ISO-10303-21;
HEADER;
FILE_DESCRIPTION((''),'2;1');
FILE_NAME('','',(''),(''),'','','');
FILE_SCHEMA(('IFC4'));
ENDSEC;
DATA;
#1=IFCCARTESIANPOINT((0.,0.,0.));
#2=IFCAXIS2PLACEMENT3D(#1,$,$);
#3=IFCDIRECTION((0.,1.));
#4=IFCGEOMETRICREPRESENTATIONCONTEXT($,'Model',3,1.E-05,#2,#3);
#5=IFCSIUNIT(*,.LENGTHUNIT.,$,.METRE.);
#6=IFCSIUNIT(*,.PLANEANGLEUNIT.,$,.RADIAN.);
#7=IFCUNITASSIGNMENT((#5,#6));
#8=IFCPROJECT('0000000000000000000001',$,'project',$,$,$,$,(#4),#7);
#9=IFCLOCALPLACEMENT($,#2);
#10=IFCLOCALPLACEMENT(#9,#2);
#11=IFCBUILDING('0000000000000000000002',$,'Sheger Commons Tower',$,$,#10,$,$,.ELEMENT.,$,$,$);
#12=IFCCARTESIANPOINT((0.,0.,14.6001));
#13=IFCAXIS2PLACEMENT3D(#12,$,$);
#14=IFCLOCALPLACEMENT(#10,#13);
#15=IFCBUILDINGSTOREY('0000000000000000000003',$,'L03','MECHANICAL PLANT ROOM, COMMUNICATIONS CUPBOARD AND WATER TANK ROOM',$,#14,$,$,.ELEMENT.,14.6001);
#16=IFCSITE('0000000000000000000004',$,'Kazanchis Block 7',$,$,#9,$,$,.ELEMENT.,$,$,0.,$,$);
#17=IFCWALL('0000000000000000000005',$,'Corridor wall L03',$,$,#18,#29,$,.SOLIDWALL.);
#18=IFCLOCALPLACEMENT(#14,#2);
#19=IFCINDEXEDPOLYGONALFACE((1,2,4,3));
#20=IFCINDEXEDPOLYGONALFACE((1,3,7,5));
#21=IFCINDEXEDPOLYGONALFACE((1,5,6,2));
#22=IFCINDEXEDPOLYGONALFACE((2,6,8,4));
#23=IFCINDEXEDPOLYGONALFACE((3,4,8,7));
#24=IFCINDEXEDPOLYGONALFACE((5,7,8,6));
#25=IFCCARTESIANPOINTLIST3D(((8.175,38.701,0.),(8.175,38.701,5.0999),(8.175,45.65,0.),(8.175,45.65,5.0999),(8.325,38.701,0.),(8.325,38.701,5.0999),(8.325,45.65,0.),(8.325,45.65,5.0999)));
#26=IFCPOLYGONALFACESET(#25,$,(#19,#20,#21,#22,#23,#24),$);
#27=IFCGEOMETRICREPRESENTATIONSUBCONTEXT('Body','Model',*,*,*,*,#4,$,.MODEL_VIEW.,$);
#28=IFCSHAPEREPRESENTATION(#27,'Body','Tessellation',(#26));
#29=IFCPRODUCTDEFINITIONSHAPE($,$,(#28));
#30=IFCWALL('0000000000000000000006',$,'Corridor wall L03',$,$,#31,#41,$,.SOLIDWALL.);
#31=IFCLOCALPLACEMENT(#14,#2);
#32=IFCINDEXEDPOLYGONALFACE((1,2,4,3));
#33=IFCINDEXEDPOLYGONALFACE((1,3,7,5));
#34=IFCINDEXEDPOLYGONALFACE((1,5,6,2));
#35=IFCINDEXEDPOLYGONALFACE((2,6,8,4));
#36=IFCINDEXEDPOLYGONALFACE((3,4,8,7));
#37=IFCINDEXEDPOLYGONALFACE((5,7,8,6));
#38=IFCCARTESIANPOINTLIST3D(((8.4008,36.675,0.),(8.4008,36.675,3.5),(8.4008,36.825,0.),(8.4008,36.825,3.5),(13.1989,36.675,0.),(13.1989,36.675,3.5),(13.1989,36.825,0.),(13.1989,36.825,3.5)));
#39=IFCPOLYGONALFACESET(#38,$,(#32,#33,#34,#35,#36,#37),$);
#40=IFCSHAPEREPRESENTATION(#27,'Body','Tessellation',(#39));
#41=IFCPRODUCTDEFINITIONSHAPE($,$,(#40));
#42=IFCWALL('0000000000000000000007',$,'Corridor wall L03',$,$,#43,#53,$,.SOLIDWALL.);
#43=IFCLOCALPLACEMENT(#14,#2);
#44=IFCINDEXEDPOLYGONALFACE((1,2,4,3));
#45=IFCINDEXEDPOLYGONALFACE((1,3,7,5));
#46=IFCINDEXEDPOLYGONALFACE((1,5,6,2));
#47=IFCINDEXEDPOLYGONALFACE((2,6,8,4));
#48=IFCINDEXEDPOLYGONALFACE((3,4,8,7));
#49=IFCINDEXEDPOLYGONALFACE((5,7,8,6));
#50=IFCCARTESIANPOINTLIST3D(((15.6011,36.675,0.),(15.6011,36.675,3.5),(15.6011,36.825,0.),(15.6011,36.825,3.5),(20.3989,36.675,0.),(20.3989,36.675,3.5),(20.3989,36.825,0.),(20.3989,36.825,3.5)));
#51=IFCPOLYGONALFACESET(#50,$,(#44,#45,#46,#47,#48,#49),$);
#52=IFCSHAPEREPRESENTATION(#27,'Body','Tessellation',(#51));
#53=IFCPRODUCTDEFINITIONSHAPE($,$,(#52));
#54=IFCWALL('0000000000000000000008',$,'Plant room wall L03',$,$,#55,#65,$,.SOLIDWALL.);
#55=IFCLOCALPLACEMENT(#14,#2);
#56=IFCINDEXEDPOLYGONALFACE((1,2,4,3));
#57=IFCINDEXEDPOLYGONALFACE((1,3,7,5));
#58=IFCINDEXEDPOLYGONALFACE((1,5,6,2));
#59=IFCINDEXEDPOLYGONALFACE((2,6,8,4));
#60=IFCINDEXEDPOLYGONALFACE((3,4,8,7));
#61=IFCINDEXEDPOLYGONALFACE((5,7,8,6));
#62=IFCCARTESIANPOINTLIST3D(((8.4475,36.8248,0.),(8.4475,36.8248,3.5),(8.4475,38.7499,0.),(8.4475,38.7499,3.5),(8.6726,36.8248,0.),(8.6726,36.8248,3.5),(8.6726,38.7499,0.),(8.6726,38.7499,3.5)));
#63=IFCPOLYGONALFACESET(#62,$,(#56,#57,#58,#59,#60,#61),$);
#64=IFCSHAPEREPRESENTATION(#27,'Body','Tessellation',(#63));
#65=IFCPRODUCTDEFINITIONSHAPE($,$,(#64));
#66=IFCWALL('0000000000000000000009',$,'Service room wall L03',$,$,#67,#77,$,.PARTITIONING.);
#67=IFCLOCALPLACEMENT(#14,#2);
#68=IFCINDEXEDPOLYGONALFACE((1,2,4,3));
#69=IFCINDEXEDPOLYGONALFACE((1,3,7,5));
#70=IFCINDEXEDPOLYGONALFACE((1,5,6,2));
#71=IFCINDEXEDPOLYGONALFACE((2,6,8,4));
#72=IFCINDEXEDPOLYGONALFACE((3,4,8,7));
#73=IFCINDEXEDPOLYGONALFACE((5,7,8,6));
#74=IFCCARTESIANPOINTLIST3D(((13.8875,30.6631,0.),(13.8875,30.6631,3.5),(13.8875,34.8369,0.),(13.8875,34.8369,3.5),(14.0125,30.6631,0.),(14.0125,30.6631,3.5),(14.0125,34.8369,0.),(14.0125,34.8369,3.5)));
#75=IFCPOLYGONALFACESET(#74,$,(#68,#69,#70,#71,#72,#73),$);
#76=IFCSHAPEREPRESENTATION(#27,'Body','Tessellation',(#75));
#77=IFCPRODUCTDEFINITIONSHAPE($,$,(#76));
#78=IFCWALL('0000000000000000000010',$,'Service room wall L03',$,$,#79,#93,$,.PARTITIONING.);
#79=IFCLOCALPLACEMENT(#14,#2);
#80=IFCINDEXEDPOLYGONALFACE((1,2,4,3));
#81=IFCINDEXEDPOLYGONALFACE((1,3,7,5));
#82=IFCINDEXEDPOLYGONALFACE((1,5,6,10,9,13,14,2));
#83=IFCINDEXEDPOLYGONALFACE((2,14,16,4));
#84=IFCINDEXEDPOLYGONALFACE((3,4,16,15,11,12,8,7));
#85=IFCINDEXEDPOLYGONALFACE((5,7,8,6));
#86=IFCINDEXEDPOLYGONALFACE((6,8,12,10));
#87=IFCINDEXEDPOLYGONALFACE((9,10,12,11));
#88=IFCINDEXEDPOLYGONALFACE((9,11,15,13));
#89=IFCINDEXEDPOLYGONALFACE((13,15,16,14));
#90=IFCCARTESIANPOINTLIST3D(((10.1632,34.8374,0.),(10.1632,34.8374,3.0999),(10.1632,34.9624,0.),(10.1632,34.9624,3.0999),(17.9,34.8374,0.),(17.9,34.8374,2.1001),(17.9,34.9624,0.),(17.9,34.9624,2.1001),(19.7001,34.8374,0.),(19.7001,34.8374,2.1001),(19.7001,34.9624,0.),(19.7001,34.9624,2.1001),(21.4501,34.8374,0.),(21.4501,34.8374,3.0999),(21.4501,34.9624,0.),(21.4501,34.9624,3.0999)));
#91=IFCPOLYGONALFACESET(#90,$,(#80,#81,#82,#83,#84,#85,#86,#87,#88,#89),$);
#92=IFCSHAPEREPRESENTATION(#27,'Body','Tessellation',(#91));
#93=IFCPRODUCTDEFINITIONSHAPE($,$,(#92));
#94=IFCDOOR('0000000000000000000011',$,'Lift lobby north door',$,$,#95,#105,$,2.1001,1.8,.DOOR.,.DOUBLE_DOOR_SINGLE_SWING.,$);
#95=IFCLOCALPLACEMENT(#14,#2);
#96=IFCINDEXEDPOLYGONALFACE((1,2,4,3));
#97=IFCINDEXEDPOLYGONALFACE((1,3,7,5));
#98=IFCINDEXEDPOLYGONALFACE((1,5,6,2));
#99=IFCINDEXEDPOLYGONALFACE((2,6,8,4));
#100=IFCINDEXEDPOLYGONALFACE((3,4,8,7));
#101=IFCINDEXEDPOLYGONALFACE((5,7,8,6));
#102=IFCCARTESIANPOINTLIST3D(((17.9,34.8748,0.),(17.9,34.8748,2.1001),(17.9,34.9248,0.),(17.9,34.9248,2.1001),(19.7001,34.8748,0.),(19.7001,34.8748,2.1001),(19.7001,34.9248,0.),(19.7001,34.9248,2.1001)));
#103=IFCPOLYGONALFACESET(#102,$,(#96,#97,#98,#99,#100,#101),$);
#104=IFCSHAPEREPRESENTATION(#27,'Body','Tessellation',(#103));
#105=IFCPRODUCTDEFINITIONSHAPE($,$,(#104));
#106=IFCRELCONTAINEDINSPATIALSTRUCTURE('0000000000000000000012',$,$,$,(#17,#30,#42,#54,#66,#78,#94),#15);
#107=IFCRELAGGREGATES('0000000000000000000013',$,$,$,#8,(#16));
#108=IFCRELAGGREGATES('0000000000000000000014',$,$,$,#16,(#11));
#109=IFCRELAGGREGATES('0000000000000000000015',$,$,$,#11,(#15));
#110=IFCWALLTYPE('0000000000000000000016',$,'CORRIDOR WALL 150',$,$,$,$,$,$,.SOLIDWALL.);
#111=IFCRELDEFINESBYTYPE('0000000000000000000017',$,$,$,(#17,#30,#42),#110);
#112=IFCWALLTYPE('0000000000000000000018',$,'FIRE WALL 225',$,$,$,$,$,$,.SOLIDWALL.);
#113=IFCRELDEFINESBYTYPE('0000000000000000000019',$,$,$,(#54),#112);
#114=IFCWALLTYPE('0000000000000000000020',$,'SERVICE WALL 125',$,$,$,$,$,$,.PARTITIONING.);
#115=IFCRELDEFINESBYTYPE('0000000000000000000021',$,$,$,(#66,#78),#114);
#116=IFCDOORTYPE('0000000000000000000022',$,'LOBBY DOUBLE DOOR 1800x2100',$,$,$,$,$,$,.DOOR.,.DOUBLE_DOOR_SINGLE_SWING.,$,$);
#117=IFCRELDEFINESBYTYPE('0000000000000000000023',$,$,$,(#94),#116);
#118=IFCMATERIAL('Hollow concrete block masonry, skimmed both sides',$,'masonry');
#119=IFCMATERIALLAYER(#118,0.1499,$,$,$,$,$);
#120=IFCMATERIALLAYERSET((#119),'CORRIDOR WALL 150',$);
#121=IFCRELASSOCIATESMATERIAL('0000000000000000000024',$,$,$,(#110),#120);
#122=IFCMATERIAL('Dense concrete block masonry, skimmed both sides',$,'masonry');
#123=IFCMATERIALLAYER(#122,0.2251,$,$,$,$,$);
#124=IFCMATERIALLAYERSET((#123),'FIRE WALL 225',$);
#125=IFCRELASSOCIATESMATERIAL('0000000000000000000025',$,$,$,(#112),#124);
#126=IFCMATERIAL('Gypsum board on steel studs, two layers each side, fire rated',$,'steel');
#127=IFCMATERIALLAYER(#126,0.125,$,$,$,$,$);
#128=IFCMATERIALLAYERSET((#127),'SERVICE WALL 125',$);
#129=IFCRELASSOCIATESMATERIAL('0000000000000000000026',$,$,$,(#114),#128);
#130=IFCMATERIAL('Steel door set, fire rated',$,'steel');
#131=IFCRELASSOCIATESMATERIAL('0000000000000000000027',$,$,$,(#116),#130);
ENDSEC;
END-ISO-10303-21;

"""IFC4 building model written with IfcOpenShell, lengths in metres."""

from ifc_helpers import new_model, si_unit, direction, frame, frame_2d, origin, place, context, subcontext, project, spatial, rectangle, extrude, material, layer, layer_set, type_object, element, fill, save


model = new_model("IFC4")

# Units and contexts
model_context = context("Model", 3, precision=1e-05, world=origin(), true_north=direction((0.0, 1.0)))
body_context = subcontext(model_context, "Body", "Model", "MODEL_VIEW")
ifc_project = project(units=[si_unit("LENGTHUNIT", "METRE"), si_unit("PLANEANGLEUNIT", "RADIAN")], contexts=[model_context])

# Site, building, storey
site_placement = place(None, origin())
site = spatial("IfcSite", under=ifc_project, at=site_placement, Name="Kazanchis Block 7", CompositionType="ELEMENT", RefElevation=0.0)
building_placement = place(site_placement, origin())
building = spatial("IfcBuilding", under=site, at=building_placement, Name="Sheger Commons Tower", CompositionType="ELEMENT")
storey_placement = place(building_placement, frame((0.0, 0.0, 14.6001)))
storey = spatial("IfcBuildingStorey", under=building, at=storey_placement, Name="L03", Description="MECHANICAL PLANT ROOM, COMMUNICATIONS CUPBOARD AND WATER TANK ROOM", CompositionType="ELEMENT", Elevation=14.6001)

# Walls
ifc_material_1 = material(Name="Hollow concrete block masonry, skimmed both sides", Category="masonry")
ifc_layer_1 = layer(ifc_material_1, 0.1499)
ifc_layer_set_1 = layer_set([ifc_layer_1], Name="CORRIDOR WALL 150")
wall_type_1 = type_object("IfcWallType", Name="CORRIDOR WALL 150", PredefinedType="SOLIDWALL", material=ifc_layer_set_1)
wall_1_placement = place(storey_placement, frame((8.25, 38.7009, 0.0), z_axis=(0.0, 0.0, 1.0), x_axis=(0.0, 1.0, 0.0)))
element("IfcWall", 1, at=wall_1_placement, inside=storey, type_object=wall_type_1, Name="Corridor wall L03", PredefinedType="SOLIDWALL", context=body_context, shape_type="SweptSolid", body=[
    extrude(rectangle(XDim=6.949, YDim=0.1499, at=frame_2d((3.4746, 0.0))), origin(), (0.0, 0.0, 1.0), 5.0999),
])
wall_2_placement = place(storey_placement, frame((8.4009, 36.75, 0.0), z_axis=(0.0, 0.0, 1.0), x_axis=(1.0, 0.0, 0.0)))
element("IfcWall", 2, at=wall_2_placement, inside=storey, type_object=wall_type_1, Name="Corridor wall L03", PredefinedType="SOLIDWALL", context=body_context, shape_type="SweptSolid", body=[
    extrude(rectangle(XDim=4.7981, YDim=0.1499, at=frame_2d((2.3989, 0.0))), origin(), (0.0, 0.0, 1.0), 3.5),
])
wall_3_placement = place(storey_placement, frame((15.6011, 36.75, 0.0), z_axis=(0.0, 0.0, 1.0), x_axis=(1.0, 0.0, 0.0)))
element("IfcWall", 3, at=wall_3_placement, inside=storey, type_object=wall_type_1, Name="Corridor wall L03", PredefinedType="SOLIDWALL", context=body_context, shape_type="SweptSolid", body=[
    extrude(rectangle(XDim=4.7979, YDim=0.1499, at=frame_2d((2.3989, 0.0))), origin(), (0.0, 0.0, 1.0), 3.5),
])
ifc_material_2 = material(Name="Dense concrete block masonry, skimmed both sides", Category="masonry")
ifc_layer_2 = layer(ifc_material_2, 0.2251)
ifc_layer_set_2 = layer_set([ifc_layer_2], Name="FIRE WALL 225")
wall_type_2 = type_object("IfcWallType", Name="FIRE WALL 225", PredefinedType="SOLIDWALL", material=ifc_layer_set_2)
wall_4_placement = place(storey_placement, frame((8.5601, 36.825, 0.0), z_axis=(0.0, 0.0, 1.0), x_axis=(0.0, 1.0, 0.0)))
element("IfcWall", 4, at=wall_4_placement, inside=storey, type_object=wall_type_2, Name="Plant room wall L03", PredefinedType="SOLIDWALL", context=body_context, shape_type="SweptSolid", body=[
    extrude(rectangle(XDim=1.925, YDim=0.2251, at=frame_2d((0.9624, 0.0))), origin(), (0.0, 0.0, 1.0), 3.5),
])
ifc_material_3 = material(Name="Gypsum board on steel studs, two layers each side, fire rated", Category="steel")
ifc_layer_3 = layer(ifc_material_3, 0.125)
ifc_layer_set_3 = layer_set([ifc_layer_3], Name="SERVICE WALL 125")
wall_type_3 = type_object("IfcWallType", Name="SERVICE WALL 125", PredefinedType="PARTITIONING", material=ifc_layer_set_3)
wall_5_placement = place(storey_placement, frame((13.95, 30.6631, 0.0), z_axis=(0.0, 0.0, 1.0), x_axis=(0.0, 1.0, 0.0)))
element("IfcWall", 5, at=wall_5_placement, inside=storey, type_object=wall_type_3, Name="Service room wall L03", PredefinedType="PARTITIONING", context=body_context, shape_type="SweptSolid", body=[
    extrude(rectangle(XDim=4.1738, YDim=0.125, at=frame_2d((2.0869, 0.0))), origin(), (0.0, 0.0, 1.0), 3.5),
])

# Wall, opening, door
wall_6_placement = place(storey_placement, frame((10.1631, 34.8999, 0.0), z_axis=(0.0, 0.0, 1.0), x_axis=(1.0, 0.0, 0.0)))
wall_6 = element("IfcWall", 6, at=wall_6_placement, inside=storey, type_object=wall_type_3, Name="Service room wall L03", PredefinedType="PARTITIONING", context=body_context, shape_type="SweptSolid", body=[
    extrude(rectangle(XDim=11.2869, YDim=0.125, at=frame_2d((5.6436, 0.0))), origin(), (0.0, 0.0, 1.0), 3.0999),
])
opening_placement = place(wall_6_placement, frame((7.7371, 0.0, 0.0)))
opening = element("IfcOpeningElement", 7, at=opening_placement, cuts=wall_6, PredefinedType="OPENING", context=body_context, shape_type="SweptSolid", body=[
    extrude(rectangle(XDim=1.8, YDim=2.1001, at=frame_2d((0.8999, 1.05))), frame((0.0, 0.0725, 0.0), z_axis=(0.0, -1.0, 0.0), x_axis=(1.0, 0.0, 0.0)), (0.0, 0.0, 1.0), 0.145),
])
ifc_material_4 = material(Name="Steel door set, fire rated", Category="steel")
door_type = type_object("IfcDoorType", Name="LOBBY DOUBLE DOOR 1800x2100", OperationType="DOUBLE_DOOR_SINGLE_SWING", PredefinedType="DOOR", material=ifc_material_4)
door_placement = place(opening_placement, origin())
door = element("IfcDoor", 8, at=door_placement, inside=storey, type_object=door_type, Name="Lift lobby north door", OperationType="DOUBLE_DOOR_SINGLE_SWING", OverallHeight=2.1001, OverallWidth=1.8, PredefinedType="DOOR", context=body_context, shape_type="SweptSolid", body=[
    extrude(rectangle(XDim=1.8, YDim=2.1001, at=frame_2d((0.8999, 1.05))), frame((0.0, 0.0249, 0.0), z_axis=(0.0, -1.0, 0.0), x_axis=(1.0, 0.0, 0.0)), (0.0, 0.0, 1.0), 0.05),
])
fill(opening, door)

save(model, "model.ifc")
